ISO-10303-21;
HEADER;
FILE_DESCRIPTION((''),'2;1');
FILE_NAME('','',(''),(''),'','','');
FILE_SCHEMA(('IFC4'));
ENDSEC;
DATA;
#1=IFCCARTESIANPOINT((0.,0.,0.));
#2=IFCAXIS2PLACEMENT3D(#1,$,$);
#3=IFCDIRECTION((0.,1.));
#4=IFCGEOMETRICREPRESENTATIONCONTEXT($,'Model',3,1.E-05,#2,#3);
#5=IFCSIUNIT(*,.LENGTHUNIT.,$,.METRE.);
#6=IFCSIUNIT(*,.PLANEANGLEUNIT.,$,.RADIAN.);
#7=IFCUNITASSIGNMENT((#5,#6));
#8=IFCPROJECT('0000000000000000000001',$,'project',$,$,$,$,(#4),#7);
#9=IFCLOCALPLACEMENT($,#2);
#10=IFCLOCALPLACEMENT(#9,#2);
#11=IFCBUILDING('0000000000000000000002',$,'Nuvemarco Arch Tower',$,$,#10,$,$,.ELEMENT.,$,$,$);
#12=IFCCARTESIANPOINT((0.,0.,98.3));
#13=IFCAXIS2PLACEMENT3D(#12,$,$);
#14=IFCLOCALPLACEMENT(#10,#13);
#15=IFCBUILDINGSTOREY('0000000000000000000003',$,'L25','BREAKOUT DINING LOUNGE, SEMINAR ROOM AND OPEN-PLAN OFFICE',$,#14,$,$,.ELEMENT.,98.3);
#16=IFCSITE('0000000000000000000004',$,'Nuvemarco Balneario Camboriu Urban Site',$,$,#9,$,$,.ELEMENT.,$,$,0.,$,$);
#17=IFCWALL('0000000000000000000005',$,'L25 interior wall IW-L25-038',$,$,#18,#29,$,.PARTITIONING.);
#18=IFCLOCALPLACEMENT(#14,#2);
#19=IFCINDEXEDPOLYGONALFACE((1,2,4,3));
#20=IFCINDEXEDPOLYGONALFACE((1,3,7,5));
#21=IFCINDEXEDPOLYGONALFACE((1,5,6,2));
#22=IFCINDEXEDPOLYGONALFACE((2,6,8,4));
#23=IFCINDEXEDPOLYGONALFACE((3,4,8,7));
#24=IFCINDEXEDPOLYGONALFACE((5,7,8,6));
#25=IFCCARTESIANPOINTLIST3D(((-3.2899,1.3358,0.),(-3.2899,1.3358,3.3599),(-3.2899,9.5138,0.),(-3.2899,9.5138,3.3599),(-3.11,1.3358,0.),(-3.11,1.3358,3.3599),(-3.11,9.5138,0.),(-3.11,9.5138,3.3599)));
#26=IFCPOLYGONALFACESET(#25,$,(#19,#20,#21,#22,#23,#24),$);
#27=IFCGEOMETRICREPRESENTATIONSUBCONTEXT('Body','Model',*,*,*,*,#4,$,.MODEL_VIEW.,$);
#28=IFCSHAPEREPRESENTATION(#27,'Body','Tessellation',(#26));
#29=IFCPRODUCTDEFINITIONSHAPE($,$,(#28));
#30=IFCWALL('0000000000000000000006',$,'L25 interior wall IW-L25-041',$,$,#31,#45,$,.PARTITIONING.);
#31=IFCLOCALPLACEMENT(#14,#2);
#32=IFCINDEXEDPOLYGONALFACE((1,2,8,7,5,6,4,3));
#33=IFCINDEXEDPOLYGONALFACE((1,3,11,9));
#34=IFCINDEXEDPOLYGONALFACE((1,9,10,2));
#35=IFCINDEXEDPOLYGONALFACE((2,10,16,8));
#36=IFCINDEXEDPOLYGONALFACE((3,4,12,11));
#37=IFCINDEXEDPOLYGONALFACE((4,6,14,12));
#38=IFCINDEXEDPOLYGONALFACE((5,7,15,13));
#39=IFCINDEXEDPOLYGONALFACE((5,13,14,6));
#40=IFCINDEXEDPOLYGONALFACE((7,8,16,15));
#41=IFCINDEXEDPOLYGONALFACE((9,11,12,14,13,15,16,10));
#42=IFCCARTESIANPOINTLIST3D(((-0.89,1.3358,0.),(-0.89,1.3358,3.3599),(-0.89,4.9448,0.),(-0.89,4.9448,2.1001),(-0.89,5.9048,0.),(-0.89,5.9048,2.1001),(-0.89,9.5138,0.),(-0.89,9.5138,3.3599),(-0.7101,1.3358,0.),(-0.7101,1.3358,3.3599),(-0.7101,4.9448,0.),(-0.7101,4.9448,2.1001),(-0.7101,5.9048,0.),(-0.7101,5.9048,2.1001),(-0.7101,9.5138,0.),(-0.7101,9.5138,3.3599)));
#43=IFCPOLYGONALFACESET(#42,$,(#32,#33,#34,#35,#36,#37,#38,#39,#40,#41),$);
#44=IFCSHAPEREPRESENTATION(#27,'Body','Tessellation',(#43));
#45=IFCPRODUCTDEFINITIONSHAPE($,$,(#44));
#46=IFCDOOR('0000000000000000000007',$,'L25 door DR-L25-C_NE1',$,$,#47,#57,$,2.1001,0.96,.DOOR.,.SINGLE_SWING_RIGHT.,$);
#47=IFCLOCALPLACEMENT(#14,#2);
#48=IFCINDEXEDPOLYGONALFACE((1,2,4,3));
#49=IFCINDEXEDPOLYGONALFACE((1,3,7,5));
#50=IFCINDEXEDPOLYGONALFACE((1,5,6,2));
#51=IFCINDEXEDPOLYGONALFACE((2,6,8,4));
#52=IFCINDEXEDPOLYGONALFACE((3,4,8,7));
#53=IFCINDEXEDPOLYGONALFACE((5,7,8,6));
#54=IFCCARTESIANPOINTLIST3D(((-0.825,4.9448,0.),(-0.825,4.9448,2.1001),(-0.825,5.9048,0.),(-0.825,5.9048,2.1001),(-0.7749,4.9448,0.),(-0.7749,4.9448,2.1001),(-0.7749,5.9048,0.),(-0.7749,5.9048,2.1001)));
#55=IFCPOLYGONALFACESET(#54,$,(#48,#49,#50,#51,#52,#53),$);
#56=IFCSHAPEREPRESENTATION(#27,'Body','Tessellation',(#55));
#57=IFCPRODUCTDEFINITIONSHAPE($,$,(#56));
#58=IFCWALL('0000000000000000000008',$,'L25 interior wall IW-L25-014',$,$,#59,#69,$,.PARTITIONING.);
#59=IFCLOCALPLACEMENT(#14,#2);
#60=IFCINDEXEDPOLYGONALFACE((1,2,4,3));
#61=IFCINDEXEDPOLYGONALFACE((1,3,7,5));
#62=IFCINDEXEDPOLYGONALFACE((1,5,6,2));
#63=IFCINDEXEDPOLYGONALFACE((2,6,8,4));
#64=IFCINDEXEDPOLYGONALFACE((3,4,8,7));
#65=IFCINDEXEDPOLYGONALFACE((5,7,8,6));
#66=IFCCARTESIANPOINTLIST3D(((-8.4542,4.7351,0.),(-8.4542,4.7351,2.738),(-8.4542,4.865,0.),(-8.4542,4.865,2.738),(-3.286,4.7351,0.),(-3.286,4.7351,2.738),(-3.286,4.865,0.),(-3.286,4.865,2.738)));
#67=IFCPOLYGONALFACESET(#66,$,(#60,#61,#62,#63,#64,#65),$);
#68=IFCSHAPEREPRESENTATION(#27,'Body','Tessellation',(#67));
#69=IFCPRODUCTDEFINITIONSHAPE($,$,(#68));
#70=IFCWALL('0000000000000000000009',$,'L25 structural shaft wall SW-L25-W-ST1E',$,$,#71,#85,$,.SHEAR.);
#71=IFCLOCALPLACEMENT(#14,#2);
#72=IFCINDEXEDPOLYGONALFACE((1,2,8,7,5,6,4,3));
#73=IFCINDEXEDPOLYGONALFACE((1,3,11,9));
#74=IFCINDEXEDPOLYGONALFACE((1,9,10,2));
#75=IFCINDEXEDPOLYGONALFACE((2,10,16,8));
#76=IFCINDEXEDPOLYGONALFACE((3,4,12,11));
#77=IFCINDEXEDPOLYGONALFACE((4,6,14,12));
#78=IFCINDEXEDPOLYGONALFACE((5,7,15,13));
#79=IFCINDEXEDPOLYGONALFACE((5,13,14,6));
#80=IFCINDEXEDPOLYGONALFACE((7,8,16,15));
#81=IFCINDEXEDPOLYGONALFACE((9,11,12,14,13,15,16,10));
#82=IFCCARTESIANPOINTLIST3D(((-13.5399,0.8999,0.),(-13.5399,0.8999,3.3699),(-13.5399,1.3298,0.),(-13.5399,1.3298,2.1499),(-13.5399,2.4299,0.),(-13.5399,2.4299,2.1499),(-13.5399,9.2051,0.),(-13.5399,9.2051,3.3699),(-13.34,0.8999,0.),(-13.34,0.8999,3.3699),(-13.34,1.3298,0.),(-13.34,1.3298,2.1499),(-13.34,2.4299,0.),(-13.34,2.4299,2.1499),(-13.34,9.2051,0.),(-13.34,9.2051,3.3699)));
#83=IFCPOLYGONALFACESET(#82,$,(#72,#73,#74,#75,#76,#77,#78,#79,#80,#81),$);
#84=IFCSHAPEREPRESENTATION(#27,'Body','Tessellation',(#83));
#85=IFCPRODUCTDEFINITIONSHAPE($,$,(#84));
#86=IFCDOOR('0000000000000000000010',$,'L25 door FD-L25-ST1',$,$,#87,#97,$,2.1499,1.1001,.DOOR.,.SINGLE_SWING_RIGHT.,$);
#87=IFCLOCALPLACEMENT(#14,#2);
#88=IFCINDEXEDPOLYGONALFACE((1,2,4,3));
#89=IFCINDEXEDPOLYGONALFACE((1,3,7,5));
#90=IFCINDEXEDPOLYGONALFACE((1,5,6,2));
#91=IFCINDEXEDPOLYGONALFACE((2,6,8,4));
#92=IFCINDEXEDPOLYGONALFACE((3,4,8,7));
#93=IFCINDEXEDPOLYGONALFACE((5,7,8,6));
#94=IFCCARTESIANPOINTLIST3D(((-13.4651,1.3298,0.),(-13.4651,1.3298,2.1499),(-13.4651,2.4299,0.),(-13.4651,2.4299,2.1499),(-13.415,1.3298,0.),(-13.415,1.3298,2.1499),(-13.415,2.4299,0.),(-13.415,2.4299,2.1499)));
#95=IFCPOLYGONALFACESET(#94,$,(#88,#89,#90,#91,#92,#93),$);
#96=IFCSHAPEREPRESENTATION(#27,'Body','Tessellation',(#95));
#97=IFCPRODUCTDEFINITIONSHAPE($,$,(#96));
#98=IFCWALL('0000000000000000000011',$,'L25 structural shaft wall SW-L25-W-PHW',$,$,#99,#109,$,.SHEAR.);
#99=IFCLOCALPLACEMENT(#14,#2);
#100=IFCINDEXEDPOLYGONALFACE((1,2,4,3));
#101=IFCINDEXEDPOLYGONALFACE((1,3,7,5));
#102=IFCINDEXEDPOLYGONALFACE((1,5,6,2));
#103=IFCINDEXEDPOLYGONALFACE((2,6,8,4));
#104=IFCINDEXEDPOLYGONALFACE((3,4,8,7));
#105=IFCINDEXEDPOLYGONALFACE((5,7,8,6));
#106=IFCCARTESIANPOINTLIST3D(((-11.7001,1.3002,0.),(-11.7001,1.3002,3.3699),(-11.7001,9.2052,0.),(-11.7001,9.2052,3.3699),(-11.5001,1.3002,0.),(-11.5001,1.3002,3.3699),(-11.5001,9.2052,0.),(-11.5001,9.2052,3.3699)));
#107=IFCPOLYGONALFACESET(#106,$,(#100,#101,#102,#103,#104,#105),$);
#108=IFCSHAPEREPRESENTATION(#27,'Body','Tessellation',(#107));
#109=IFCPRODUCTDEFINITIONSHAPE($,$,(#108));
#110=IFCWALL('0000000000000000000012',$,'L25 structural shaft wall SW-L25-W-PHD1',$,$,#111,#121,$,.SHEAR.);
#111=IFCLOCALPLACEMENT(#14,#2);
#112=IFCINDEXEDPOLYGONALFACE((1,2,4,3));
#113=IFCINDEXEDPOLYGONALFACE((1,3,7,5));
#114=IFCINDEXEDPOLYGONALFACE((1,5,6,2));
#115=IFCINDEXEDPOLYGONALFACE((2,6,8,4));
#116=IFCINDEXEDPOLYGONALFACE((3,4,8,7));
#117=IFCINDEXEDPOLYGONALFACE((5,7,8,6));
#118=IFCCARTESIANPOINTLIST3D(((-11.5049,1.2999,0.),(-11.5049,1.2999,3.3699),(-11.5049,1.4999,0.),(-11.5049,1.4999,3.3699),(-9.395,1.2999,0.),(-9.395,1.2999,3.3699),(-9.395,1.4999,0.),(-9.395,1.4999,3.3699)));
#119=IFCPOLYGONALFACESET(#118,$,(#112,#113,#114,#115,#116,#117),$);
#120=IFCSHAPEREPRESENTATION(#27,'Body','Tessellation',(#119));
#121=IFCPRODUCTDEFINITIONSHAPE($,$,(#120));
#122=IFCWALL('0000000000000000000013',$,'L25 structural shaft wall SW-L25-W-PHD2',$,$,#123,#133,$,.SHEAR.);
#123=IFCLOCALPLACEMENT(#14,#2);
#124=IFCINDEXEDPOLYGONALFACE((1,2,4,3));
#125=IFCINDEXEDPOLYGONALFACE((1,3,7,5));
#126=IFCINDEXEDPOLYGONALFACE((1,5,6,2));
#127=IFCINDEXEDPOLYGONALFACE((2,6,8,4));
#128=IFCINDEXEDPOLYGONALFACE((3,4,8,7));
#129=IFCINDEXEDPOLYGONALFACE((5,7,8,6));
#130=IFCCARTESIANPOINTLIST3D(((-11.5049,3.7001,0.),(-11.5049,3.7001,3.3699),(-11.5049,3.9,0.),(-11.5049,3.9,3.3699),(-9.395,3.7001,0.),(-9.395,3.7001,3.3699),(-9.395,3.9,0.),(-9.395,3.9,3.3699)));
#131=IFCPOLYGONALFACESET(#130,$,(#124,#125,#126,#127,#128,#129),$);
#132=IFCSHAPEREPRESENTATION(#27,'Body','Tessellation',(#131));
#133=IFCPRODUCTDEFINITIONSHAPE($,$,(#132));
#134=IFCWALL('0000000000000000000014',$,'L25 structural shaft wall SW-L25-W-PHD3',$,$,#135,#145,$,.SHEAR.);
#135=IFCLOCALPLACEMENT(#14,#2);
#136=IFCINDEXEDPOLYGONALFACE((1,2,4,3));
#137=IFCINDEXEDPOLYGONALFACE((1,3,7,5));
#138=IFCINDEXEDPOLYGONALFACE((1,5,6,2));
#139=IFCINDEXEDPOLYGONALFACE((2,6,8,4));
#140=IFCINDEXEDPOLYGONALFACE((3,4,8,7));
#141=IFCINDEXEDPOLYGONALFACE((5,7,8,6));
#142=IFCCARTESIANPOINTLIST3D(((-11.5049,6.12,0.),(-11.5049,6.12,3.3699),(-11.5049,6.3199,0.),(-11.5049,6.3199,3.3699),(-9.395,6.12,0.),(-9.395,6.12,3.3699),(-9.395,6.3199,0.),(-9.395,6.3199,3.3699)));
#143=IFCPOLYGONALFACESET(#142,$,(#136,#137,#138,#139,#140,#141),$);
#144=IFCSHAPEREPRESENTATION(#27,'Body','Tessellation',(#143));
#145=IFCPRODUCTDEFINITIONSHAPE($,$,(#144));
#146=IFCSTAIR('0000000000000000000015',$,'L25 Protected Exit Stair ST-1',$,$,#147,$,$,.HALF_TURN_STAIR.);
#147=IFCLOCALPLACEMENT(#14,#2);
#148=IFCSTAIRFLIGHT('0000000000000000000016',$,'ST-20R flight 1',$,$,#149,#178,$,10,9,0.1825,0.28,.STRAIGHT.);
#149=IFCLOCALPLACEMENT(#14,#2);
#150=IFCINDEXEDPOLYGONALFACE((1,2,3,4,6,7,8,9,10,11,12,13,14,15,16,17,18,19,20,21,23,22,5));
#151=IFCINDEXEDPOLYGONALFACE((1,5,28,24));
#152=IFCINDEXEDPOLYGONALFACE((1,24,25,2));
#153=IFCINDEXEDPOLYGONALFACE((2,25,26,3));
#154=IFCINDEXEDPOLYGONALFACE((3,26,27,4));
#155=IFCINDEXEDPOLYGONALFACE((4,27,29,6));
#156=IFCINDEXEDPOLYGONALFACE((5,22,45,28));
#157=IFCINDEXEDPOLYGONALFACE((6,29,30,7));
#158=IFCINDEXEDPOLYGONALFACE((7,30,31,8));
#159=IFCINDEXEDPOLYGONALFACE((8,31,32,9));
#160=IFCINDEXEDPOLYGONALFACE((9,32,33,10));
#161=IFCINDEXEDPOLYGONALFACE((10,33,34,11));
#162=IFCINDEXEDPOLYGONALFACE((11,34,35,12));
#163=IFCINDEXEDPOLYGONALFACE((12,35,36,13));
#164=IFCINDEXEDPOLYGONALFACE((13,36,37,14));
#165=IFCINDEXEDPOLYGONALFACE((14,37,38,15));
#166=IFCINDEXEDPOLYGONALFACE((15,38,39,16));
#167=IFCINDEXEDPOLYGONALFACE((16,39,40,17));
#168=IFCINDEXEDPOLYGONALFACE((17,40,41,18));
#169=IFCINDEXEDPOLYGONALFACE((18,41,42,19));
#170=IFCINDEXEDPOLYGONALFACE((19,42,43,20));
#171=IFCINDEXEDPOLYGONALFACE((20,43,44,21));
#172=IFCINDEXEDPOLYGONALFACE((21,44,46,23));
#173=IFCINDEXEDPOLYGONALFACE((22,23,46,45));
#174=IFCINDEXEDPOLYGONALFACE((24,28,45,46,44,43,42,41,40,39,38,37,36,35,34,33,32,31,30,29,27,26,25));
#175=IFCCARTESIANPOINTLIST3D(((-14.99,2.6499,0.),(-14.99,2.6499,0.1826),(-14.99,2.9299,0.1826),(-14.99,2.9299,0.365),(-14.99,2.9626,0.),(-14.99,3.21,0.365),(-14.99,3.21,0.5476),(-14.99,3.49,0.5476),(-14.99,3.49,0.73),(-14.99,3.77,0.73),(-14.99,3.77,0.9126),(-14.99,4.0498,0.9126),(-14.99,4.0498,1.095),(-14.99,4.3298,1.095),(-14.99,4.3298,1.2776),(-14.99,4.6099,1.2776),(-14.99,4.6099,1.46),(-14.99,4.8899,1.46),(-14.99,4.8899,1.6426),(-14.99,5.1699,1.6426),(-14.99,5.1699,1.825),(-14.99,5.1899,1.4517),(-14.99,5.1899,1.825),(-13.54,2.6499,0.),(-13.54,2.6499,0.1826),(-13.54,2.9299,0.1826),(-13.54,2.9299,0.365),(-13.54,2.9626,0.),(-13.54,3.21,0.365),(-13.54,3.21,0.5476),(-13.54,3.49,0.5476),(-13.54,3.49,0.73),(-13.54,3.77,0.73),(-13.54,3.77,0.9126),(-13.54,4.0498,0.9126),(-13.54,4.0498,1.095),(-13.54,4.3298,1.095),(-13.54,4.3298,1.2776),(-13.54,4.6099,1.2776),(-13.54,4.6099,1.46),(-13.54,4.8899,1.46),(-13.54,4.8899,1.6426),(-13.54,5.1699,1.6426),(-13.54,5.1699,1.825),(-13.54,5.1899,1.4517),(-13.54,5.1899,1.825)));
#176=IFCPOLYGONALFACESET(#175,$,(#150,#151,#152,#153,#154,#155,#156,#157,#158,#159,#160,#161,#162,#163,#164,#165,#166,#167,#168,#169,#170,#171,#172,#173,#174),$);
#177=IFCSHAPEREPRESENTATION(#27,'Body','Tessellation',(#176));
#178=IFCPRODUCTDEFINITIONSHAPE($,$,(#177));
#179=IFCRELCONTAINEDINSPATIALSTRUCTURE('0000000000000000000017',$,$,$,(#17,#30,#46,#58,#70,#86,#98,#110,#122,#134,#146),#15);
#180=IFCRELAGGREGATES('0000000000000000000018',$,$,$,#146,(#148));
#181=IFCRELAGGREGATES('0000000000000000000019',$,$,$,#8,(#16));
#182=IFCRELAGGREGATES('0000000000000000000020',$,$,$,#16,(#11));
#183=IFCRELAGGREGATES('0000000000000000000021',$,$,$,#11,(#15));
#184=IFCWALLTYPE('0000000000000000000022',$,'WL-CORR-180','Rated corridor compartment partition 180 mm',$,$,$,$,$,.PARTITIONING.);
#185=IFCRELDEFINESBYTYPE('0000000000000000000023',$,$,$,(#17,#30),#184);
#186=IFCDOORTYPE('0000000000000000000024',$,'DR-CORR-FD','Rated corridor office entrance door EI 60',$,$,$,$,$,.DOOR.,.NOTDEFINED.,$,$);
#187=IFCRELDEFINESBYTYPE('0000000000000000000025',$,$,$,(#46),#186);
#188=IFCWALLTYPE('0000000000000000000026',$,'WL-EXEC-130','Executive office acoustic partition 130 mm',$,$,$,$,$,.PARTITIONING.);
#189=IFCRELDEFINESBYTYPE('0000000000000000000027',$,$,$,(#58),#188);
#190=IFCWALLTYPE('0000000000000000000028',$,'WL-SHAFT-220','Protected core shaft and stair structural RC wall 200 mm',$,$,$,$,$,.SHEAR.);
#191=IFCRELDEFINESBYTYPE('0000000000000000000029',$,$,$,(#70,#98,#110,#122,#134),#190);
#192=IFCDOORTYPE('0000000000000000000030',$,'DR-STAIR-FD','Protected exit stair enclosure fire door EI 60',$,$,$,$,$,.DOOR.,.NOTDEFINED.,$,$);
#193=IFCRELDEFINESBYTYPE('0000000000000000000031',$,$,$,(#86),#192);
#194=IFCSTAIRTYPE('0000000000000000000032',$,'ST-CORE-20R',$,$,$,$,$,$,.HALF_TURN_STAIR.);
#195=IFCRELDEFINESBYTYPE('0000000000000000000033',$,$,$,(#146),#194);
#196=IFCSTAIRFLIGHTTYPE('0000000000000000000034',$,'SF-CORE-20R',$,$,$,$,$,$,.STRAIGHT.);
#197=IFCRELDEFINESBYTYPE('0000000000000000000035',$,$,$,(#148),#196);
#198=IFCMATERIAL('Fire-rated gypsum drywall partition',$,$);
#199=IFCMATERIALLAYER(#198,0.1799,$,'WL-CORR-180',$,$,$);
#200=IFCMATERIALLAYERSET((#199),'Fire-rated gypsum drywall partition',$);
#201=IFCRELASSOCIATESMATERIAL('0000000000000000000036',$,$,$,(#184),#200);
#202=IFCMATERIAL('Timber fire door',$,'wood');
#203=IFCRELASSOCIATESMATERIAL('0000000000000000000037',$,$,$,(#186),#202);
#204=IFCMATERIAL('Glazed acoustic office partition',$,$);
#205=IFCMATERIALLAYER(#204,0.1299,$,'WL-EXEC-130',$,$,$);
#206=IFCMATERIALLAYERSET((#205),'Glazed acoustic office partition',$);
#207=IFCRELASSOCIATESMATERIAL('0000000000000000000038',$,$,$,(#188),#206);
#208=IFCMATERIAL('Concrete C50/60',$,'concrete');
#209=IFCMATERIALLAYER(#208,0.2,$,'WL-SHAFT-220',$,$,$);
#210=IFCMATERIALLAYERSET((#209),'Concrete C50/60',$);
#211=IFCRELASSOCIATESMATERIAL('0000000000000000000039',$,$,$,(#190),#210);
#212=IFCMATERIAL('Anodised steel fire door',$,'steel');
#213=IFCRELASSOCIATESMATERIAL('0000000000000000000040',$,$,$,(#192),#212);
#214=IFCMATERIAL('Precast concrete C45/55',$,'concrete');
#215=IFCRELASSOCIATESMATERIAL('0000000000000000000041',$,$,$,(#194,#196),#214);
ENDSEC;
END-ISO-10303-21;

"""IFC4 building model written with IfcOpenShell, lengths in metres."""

from ifc_helpers import new_model, si_unit, direction, frame, frame_2d, origin, place, context, subcontext, project, spatial, polyline, rectangle, outline, extrude, source, transform, mapped, material, layer, layer_set, type_object, type_shapes, element, fill, aggregate, save


model = new_model("IFC4")

# Units and contexts
model_context = context("Model", 3, precision=1e-05, world=origin(), true_north=direction((0.0, 1.0)))
body_context = subcontext(model_context, "Body", "Model", "MODEL_VIEW")
ifc_project = project(units=[si_unit("LENGTHUNIT", "METRE"), si_unit("PLANEANGLEUNIT", "RADIAN")], contexts=[model_context])

# Site, building, storey
site_placement = place(None, origin())
site = spatial("IfcSite", under=ifc_project, at=site_placement, Name="Nuvemarco Balneario Camboriu Urban Site", CompositionType="ELEMENT", RefElevation=0.0)
building_placement = place(site_placement, origin())
building = spatial("IfcBuilding", under=site, at=building_placement, Name="Nuvemarco Arch Tower", CompositionType="ELEMENT")
storey_placement = place(building_placement, frame((0.0, 0.0, 98.3)))
storey = spatial("IfcBuildingStorey", under=building, at=storey_placement, Name="L25", Description="BREAKOUT DINING LOUNGE, SEMINAR ROOM AND OPEN-PLAN OFFICE", CompositionType="ELEMENT", Elevation=98.3)

# Shared definitions
ifc_material_1 = material(Name="Fire-rated gypsum drywall partition")
ifc_layer_1 = layer(ifc_material_1, 0.1799, Name="WL-CORR-180")
ifc_layer_set_1 = layer_set([ifc_layer_1], Name="Fire-rated gypsum drywall partition")
wall_type_1 = type_object("IfcWallType", Name="WL-CORR-180", Description="Rated corridor compartment partition 180 mm", PredefinedType="PARTITIONING", material=ifc_layer_set_1)
ifc_material_2 = material(Name="Timber fire door", Category="wood")
door_type_1 = type_object("IfcDoorType", Name="DR-CORR-FD", Description="Rated corridor office entrance door EI 60", OperationType="NOTDEFINED", PredefinedType="DOOR", material=ifc_material_2)
shared_shape_1 = source(origin(), body_context, "Body", "SweptSolid", [
    extrude(rectangle(XDim=0.96, YDim=2.1001, at=frame_2d((0.48, 1.05))), frame((0.0, 0.0249, 0.0), z_axis=(0.0, -1.0, 0.0), x_axis=(1.0, 0.0, 0.0)), (0.0, 0.0, 1.0), 0.05),
])
type_shapes(door_type_1, [shared_shape_1])

# Wall
wall_1_placement = place(storey_placement, frame((-3.2, 1.3359, 0.0), z_axis=(0.0, 0.0, 1.0), x_axis=(0.0, 1.0, 0.0)))
element("IfcWall", 1, at=wall_1_placement, inside=storey, type_object=wall_type_1, Name="L25 interior wall IW-L25-038", PredefinedType="PARTITIONING", context=body_context, shape_type="SweptSolid", body=[
    extrude(rectangle(XDim=8.178, YDim=0.1799, at=frame_2d((4.0889, 0.0))), origin(), (0.0, 0.0, 1.0), 3.3599),
])

# Wall, opening, door
wall_2_placement = place(storey_placement, frame((-0.8, 1.3359, 0.0), z_axis=(0.0, 0.0, 1.0), x_axis=(0.0, 1.0, 0.0)))
wall_2 = element("IfcWall", 2, at=wall_2_placement, inside=storey, type_object=wall_type_1, Name="L25 interior wall IW-L25-041", PredefinedType="PARTITIONING", context=body_context, shape_type="SweptSolid", body=[
    extrude(rectangle(XDim=8.178, YDim=0.1799, at=frame_2d((4.0889, 0.0))), origin(), (0.0, 0.0, 1.0), 3.3599),
])
opening_1_placement = place(wall_2_placement, frame((3.6089, 0.0, 0.0)))
opening_1 = element("IfcOpeningElement", 3, at=opening_1_placement, cuts=wall_2, PredefinedType="OPENING", context=body_context, shape_type="SweptSolid", body=[
    extrude(rectangle(XDim=0.96, YDim=2.1001, at=frame_2d((0.48, 1.05))), frame((0.0, 0.0999, 0.0), z_axis=(0.0, -1.0, 0.0), x_axis=(1.0, 0.0, 0.0)), (0.0, 0.0, 1.0), 0.2),
])
door_1_placement = place(opening_1_placement, origin())
door_1 = element("IfcDoor", 4, at=door_1_placement, inside=storey, type_object=door_type_1, Name="L25 door DR-L25-C_NE1", OperationType="SINGLE_SWING_RIGHT", OverallHeight=2.1001, OverallWidth=0.96, PredefinedType="DOOR", context=body_context, shape_type="MappedRepresentation", body=[
    mapped(shared_shape_1, transform((0.0, 0.0, 0.0), scale=1.0)),
])
fill(opening_1, door_1)

# Wall
ifc_material_3 = material(Name="Glazed acoustic office partition")
ifc_layer_2 = layer(ifc_material_3, 0.1299, Name="WL-EXEC-130")
ifc_layer_set_2 = layer_set([ifc_layer_2], Name="Glazed acoustic office partition")
wall_type_2 = type_object("IfcWallType", Name="WL-EXEC-130", Description="Executive office acoustic partition 130 mm", PredefinedType="PARTITIONING", material=ifc_layer_set_2)
wall_3_placement = place(storey_placement, frame((-8.4541, 4.8, 0.0), z_axis=(0.0, 0.0, 1.0), x_axis=(1.0, 0.0, 0.0)))
element("IfcWall", 5, at=wall_3_placement, inside=storey, type_object=wall_type_2, Name="L25 interior wall IW-L25-014", PredefinedType="PARTITIONING", context=body_context, shape_type="SweptSolid", body=[
    extrude(rectangle(XDim=5.1682, YDim=0.1299, at=frame_2d((2.584, 0.0))), origin(), (0.0, 0.0, 1.0), 2.738),
])

# Wall, opening, door
ifc_material_4 = material(Name="Concrete C50/60", Category="concrete")
ifc_layer_3 = layer(ifc_material_4, 0.2, Name="WL-SHAFT-220")
ifc_layer_set_3 = layer_set([ifc_layer_3], Name="Concrete C50/60")
wall_type_3 = type_object("IfcWallType", Name="WL-SHAFT-220", Description="Protected core shaft and stair structural RC wall 200 mm", PredefinedType="SHEAR", material=ifc_layer_set_3)
wall_4_placement = place(storey_placement, frame((-13.4399, 0.8999, 0.0), z_axis=(0.0, 0.0, 1.0), x_axis=(0.0, 1.0, 0.0)))
wall_4 = element("IfcWall", 6, at=wall_4_placement, inside=storey, type_object=wall_type_3, Name="L25 structural shaft wall SW-L25-W-ST1E", PredefinedType="SHEAR", context=body_context, shape_type="SweptSolid", body=[
    extrude(rectangle(XDim=8.3052, YDim=0.2, at=frame_2d((4.1526, 0.0))), origin(), (0.0, 0.0, 1.0), 3.3699),
])
opening_2_placement = place(wall_4_placement, frame((1.53, 0.0, 0.0), z_axis=(0.0, 0.0, 1.0), x_axis=(-1.0, 0.0, 0.0)))
opening_2 = element("IfcOpeningElement", 7, at=opening_2_placement, cuts=wall_4, PredefinedType="OPENING", context=body_context, shape_type="SweptSolid", body=[
    extrude(rectangle(XDim=1.1001, YDim=2.1499, at=frame_2d((0.55, 1.075))), frame((0.0, 0.1099, 0.0), z_axis=(0.0, -1.0, 0.0), x_axis=(1.0, 0.0, 0.0)), (0.0, 0.0, 1.0), 0.22),
])
ifc_material_5 = material(Name="Anodised steel fire door", Category="steel")
door_type_2 = type_object("IfcDoorType", Name="DR-STAIR-FD", Description="Protected exit stair enclosure fire door EI 60", OperationType="NOTDEFINED", PredefinedType="DOOR", material=ifc_material_5)
shared_shape_2 = source(origin(), body_context, "Body", "SweptSolid", [
    extrude(rectangle(XDim=1.1001, YDim=2.1499, at=frame_2d((0.55, 1.075))), frame((0.0, 0.0249, 0.0), z_axis=(0.0, -1.0, 0.0), x_axis=(1.0, 0.0, 0.0)), (0.0, 0.0, 1.0), 0.05),
])
type_shapes(door_type_2, [shared_shape_2])
door_2_placement = place(opening_2_placement, origin())
door_2 = element("IfcDoor", 8, at=door_2_placement, inside=storey, type_object=door_type_2, Name="L25 door FD-L25-ST1", OperationType="SINGLE_SWING_RIGHT", OverallHeight=2.1499, OverallWidth=1.1001, PredefinedType="DOOR", context=body_context, shape_type="MappedRepresentation", body=[
    mapped(shared_shape_2, transform((0.0, 0.0, 0.0), scale=1.0)),
])
fill(opening_2, door_2)

# Walls
wall_5_placement = place(storey_placement, frame((-11.6001, 1.3, 0.0), z_axis=(0.0, 0.0, 1.0), x_axis=(0.0, 1.0, 0.0)))
element("IfcWall", 9, at=wall_5_placement, inside=storey, type_object=wall_type_3, Name="L25 structural shaft wall SW-L25-W-PHW", PredefinedType="SHEAR", context=body_context, shape_type="SweptSolid", body=[
    extrude(rectangle(XDim=7.905, YDim=0.2, at=frame_2d((3.9526, 0.0))), origin(), (0.0, 0.0, 1.0), 3.3699),
])
for number, where, z_axis, x_axis, name in (
    (10, (-11.5049, 1.3999, 0.0), (0.0, 0.0, 1.0), (1.0, 0.0, 0.0), "L25 structural shaft wall SW-L25-W-PHD1"),
    (11, (-11.5049, 3.8, 0.0), (0.0, 0.0, 1.0), (1.0, 0.0, 0.0), "L25 structural shaft wall SW-L25-W-PHD2"),
    (12, (-11.5049, 6.22, 0.0), (0.0, 0.0, 1.0), (1.0, 0.0, 0.0), "L25 structural shaft wall SW-L25-W-PHD3"),
):
    element("IfcWall", number, at=place(storey_placement, frame(where, z_axis=z_axis, x_axis=x_axis)), inside=storey, type_object=wall_type_3, Name=name, PredefinedType="SHEAR", context=body_context, shape_type="SweptSolid", body=[
        extrude(rectangle(XDim=2.1099, YDim=0.2, at=frame_2d((1.0549, 0.0))), origin(), (0.0, 0.0, 1.0), 3.3699),
    ])

# Stair, stair flight
ifc_material_6 = material(Name="Precast concrete C45/55", Category="concrete")
stair_type = type_object("IfcStairType", Name="ST-CORE-20R", PredefinedType="HALF_TURN_STAIR", material=ifc_material_6)
stair_placement = place(storey_placement, origin())
stair = element("IfcStair", 13, at=stair_placement, inside=storey, type_object=stair_type, Name="L25 Protected Exit Stair ST-1", PredefinedType="HALF_TURN_STAIR")
stair_flight_type = type_object("IfcStairFlightType", Name="SF-CORE-20R", PredefinedType="STRAIGHT", material=ifc_material_6)
stair_flight_placement = place(storey_placement, frame((-14.2649, 2.6499, 0.0), z_axis=(0.0, 0.0, 1.0), x_axis=(0.0, 1.0, 0.0)))
stair_flight = element("IfcStairFlight", 14, at=stair_flight_placement, type_object=stair_flight_type, Name="ST-20R flight 1", NumberOfRisers=10, NumberOfTreads=9, PredefinedType="STRAIGHT", RiserHeight=0.1825, TreadLength=0.28, context=body_context, shape_type="SweptSolid", body=[
    extrude(outline(polyline([(0.0, 0.0), (0.0, 0.1826), (0.28, 0.1826), (0.28, 0.365), (0.5601, 0.365), (0.5601, 0.5476), (0.8401, 0.5476), (0.8401, 0.73), (1.1201, 0.73), (1.1201, 0.9126), (1.3999, 0.9126), (1.3999, 1.095), (1.6799, 1.095), (1.6799, 1.2776), (1.96, 1.2776), (1.96, 1.46), (2.24, 1.46), (2.24, 1.6426), (2.52, 1.6426), (2.52, 1.825), (2.54, 1.825), (2.54, 1.4517), (0.3127, 0.0), (0.0, 0.0)])), frame((0.0, 0.7251, 0.0), z_axis=(0.0, -1.0, 0.0), x_axis=(1.0, 0.0, 0.0)), (0.0, 0.0, 1.0), 1.45),
])
aggregate(stair, [stair_flight])

save(model, "model.ifc")
